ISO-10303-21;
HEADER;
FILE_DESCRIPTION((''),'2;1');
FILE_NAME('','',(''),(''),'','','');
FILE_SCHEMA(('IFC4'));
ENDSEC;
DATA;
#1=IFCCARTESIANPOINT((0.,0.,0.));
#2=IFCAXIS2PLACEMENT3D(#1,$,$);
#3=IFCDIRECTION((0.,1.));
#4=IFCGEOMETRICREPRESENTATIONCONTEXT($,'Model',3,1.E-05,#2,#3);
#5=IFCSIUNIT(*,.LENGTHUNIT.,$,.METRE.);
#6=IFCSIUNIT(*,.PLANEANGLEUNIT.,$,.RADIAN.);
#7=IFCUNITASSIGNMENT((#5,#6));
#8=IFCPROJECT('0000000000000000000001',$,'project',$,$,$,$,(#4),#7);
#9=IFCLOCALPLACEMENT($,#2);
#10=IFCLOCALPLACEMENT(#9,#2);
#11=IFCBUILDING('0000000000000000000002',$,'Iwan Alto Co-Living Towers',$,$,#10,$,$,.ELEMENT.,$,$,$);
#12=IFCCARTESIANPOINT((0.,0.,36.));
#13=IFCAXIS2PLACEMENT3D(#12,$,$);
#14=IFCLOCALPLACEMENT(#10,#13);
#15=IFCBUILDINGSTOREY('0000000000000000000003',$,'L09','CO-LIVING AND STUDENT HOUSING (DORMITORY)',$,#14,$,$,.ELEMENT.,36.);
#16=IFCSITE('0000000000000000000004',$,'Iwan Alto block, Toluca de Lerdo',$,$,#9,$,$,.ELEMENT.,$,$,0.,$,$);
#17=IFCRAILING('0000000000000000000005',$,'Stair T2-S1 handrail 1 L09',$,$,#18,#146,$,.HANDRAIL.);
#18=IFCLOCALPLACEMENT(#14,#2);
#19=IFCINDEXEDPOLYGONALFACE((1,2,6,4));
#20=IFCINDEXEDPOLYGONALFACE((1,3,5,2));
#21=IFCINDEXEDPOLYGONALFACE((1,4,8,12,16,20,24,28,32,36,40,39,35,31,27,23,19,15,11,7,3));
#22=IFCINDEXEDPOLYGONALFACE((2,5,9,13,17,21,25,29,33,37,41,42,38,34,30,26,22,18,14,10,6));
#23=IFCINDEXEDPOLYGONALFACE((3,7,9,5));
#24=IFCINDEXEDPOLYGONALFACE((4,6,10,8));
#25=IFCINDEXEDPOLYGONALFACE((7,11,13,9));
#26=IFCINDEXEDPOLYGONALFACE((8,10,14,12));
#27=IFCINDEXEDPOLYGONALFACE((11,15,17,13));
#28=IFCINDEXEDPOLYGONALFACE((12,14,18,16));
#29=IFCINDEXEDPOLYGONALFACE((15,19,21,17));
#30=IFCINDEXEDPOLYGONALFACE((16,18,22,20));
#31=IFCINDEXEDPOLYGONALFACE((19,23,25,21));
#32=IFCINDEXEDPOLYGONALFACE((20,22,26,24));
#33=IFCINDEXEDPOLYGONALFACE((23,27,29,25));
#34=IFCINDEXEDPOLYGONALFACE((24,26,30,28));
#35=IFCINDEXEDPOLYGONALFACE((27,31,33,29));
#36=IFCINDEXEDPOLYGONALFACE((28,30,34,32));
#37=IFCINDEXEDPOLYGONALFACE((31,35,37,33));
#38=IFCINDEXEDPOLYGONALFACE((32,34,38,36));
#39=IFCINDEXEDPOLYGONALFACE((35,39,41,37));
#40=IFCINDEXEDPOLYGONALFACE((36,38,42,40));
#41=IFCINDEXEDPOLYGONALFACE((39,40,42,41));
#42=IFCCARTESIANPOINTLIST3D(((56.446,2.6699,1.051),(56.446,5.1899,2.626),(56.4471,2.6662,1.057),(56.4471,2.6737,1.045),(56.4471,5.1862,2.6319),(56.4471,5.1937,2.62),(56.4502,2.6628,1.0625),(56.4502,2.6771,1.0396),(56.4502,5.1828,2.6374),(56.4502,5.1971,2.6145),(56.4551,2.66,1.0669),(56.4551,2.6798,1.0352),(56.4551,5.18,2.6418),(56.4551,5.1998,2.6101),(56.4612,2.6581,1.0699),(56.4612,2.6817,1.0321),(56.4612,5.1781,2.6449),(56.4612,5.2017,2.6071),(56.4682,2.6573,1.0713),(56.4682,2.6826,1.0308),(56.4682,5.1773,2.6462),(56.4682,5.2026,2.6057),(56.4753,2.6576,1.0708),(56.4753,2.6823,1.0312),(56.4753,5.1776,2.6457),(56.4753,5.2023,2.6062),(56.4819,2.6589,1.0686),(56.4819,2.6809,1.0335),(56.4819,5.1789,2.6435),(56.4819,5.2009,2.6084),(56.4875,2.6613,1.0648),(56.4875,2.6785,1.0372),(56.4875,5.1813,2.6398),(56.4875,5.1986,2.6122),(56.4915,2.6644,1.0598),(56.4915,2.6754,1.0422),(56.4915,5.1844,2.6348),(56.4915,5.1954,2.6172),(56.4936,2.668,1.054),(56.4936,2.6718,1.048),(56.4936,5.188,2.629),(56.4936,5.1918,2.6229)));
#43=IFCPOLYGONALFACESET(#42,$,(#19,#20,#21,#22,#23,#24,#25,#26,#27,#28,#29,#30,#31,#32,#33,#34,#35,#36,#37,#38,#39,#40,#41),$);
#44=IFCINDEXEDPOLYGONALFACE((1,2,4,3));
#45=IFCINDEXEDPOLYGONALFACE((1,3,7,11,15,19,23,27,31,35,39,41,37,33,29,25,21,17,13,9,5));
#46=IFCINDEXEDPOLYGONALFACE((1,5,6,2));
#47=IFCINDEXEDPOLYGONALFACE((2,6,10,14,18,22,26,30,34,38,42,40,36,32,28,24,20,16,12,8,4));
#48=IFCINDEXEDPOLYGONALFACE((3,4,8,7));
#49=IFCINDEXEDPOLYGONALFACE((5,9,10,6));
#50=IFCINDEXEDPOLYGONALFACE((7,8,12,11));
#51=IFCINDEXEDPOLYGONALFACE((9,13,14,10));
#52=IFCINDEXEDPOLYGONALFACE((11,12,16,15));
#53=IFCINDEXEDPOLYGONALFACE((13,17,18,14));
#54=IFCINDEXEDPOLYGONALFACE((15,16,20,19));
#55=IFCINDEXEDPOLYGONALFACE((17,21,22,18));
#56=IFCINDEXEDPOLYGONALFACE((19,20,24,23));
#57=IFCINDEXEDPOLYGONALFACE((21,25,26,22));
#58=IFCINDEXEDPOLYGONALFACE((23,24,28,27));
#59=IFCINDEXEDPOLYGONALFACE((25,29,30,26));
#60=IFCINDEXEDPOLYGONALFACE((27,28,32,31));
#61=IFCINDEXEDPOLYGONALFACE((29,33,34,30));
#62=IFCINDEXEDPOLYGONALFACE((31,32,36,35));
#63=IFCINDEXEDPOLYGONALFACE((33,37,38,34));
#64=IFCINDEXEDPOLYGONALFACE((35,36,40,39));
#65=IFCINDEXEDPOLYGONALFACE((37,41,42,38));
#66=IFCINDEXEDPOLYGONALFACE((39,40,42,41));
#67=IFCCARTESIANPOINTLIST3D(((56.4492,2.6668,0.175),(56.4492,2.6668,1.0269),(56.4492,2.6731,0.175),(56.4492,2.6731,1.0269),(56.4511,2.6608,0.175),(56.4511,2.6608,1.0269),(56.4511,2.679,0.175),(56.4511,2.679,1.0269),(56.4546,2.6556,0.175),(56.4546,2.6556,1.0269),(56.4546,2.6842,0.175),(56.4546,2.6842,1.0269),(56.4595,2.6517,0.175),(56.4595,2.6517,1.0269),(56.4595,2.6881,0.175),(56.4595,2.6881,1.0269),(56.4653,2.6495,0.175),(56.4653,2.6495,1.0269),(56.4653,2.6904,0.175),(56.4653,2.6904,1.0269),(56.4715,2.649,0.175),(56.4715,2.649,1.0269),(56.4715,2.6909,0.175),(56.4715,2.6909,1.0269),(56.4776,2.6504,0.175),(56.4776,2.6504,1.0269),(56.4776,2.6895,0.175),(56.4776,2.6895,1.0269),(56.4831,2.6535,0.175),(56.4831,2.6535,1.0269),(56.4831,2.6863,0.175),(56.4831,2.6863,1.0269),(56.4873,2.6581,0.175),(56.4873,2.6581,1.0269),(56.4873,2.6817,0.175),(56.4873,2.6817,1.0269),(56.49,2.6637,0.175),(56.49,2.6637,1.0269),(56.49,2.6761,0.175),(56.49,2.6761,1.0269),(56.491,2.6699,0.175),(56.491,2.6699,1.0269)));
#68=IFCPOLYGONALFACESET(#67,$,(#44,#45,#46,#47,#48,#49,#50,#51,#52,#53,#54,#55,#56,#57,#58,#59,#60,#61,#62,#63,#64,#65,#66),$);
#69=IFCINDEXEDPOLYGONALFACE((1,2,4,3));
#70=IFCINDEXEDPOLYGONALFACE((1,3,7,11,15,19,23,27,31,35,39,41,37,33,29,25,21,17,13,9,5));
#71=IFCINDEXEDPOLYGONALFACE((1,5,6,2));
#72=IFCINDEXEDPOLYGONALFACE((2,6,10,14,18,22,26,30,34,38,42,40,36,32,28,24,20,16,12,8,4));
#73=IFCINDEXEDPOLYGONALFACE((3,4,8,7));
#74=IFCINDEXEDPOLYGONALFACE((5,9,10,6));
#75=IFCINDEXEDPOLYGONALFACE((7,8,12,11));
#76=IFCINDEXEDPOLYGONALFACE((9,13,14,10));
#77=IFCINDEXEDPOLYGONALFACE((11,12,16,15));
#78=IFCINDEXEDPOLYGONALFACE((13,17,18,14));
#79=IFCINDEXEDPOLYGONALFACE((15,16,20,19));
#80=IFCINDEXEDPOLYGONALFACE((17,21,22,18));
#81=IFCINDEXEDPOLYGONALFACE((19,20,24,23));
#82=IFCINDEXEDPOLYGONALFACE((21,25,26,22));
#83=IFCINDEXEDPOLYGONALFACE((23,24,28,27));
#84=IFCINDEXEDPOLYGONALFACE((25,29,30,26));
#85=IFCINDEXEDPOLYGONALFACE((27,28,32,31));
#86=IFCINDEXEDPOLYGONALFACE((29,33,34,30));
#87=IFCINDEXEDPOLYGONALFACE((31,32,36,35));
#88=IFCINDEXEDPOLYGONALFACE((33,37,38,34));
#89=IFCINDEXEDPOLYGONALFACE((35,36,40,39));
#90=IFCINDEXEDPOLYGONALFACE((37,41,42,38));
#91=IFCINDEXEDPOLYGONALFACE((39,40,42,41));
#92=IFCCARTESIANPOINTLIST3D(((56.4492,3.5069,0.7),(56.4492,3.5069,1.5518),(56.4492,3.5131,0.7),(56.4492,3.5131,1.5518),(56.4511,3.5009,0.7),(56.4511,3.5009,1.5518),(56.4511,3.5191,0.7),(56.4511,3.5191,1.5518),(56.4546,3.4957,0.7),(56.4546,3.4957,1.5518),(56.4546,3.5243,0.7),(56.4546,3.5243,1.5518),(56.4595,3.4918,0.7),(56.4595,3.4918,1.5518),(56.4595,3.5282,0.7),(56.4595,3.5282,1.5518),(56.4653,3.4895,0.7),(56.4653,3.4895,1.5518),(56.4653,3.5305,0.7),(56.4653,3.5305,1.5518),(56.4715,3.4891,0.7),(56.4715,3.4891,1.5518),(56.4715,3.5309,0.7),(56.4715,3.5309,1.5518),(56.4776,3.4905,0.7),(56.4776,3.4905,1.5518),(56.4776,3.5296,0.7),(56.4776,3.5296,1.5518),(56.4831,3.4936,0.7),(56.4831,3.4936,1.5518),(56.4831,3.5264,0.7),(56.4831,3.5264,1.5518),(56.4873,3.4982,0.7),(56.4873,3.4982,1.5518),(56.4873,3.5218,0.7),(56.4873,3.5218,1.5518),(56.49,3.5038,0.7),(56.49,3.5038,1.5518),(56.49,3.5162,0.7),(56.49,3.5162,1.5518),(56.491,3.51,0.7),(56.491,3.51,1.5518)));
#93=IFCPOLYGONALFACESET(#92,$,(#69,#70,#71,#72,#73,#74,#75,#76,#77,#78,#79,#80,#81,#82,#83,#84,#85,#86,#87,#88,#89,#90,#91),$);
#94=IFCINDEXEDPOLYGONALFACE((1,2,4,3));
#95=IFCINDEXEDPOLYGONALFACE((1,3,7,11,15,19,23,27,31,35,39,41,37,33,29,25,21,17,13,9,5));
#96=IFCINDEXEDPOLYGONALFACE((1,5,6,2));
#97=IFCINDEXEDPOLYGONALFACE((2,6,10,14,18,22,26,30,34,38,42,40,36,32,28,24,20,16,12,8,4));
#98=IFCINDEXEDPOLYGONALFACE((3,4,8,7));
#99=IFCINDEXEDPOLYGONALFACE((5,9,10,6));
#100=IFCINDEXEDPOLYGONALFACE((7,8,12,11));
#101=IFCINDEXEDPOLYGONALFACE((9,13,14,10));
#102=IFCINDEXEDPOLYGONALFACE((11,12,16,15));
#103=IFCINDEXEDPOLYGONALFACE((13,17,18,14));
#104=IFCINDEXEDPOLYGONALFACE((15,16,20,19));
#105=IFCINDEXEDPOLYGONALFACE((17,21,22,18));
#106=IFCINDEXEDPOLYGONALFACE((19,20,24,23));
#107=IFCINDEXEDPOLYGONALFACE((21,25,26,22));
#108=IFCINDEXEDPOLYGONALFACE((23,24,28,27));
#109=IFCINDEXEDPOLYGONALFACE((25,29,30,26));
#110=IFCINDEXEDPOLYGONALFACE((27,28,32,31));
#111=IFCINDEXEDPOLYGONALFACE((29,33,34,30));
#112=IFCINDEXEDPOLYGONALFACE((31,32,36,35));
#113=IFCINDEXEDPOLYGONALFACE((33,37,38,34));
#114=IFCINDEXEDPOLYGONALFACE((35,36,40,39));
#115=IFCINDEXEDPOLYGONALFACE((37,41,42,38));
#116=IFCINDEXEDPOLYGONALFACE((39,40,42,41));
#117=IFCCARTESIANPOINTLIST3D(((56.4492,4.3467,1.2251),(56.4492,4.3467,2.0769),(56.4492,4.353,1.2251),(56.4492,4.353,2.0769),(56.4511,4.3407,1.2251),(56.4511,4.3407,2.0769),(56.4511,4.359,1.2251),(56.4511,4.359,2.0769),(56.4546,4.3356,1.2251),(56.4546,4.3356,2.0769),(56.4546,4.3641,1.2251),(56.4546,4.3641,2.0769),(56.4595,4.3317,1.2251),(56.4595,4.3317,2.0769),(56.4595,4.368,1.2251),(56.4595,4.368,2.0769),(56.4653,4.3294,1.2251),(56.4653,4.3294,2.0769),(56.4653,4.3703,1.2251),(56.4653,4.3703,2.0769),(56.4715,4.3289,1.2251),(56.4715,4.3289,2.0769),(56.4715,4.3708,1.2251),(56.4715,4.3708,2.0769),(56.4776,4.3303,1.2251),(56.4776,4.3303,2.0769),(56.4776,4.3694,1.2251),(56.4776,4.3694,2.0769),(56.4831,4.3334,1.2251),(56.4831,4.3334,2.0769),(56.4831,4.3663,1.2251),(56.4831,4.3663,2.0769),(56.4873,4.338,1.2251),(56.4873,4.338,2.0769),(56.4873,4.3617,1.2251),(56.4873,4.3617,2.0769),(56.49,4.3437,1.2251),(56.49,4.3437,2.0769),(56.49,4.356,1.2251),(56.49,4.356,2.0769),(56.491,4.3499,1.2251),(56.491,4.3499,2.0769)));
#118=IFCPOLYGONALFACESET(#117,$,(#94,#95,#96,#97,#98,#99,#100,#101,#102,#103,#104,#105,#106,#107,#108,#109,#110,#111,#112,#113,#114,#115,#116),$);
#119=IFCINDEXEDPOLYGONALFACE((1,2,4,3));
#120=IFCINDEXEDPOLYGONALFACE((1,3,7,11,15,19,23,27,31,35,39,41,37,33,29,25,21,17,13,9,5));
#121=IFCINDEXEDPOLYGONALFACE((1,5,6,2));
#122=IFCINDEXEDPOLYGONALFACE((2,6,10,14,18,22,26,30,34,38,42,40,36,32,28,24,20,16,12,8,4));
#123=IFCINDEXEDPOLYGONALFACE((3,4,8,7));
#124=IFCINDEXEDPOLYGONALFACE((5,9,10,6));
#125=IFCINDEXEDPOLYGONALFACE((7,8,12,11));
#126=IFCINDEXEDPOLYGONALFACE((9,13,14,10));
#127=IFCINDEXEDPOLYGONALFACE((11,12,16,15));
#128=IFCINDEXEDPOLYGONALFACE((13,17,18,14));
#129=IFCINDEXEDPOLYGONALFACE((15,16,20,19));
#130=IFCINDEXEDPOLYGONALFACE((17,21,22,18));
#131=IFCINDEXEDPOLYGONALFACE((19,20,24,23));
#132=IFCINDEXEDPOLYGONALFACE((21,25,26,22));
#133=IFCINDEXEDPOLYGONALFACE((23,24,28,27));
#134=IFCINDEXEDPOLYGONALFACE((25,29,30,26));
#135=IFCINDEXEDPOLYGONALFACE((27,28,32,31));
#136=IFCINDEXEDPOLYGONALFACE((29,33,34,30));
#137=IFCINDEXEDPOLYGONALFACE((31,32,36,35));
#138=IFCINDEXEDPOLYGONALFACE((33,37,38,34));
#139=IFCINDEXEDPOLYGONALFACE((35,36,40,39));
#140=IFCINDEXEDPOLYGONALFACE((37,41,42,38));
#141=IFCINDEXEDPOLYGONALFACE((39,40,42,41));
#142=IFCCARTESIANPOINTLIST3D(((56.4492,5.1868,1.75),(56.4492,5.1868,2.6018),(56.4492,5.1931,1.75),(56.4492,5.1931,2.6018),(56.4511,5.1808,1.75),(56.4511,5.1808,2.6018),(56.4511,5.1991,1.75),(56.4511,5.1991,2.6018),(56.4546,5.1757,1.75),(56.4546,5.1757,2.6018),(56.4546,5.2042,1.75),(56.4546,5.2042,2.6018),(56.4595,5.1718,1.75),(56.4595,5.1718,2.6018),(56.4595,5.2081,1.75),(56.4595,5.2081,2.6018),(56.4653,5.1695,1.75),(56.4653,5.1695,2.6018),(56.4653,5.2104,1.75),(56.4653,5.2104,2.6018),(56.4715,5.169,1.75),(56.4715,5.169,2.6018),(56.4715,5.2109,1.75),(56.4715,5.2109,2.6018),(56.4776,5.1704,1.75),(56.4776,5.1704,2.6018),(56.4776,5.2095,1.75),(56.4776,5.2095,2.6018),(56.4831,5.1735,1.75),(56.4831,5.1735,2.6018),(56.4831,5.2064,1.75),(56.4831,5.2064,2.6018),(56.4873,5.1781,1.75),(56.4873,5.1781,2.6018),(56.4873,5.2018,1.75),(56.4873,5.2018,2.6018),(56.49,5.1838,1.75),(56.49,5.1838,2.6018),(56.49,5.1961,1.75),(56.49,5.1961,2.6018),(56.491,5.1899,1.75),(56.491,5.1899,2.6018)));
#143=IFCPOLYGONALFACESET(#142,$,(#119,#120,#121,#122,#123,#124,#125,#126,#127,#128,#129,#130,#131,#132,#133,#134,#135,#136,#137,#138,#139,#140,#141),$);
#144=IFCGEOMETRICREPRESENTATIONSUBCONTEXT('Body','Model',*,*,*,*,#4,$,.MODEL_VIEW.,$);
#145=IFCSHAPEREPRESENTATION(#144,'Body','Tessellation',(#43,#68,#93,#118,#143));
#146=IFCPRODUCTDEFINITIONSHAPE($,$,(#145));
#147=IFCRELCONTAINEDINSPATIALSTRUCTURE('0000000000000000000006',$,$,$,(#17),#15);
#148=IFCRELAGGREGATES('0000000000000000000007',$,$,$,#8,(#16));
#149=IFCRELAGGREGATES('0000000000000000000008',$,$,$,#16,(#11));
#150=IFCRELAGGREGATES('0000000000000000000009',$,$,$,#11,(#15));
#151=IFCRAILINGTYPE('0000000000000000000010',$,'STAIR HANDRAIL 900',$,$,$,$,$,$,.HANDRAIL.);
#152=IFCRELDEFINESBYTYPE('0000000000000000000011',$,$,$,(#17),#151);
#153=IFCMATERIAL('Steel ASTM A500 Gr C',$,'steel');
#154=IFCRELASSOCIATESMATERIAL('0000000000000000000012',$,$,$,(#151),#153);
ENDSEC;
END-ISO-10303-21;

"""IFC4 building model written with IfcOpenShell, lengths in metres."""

from ifc_helpers import new_model, si_unit, direction, frame, origin, origin_2d, place, context, subcontext, project, spatial, circle, extrude, material, type_object, element, save


model = new_model("IFC4")

# Units and contexts
model_context = context("Model", 3, precision=1e-05, world=origin(), true_north=direction((0.0, 1.0)))
body_context = subcontext(model_context, "Body", "Model", "MODEL_VIEW")
ifc_project = project(units=[si_unit("LENGTHUNIT", "METRE"), si_unit("PLANEANGLEUNIT", "RADIAN")], contexts=[model_context])

# Site, building, storey
site_placement = place(None, origin())
site = spatial("IfcSite", under=ifc_project, at=site_placement, Name="Iwan Alto block, Toluca de Lerdo", CompositionType="ELEMENT", RefElevation=0.0)
building_placement = place(site_placement, origin())
building = spatial("IfcBuilding", under=site, at=building_placement, Name="Iwan Alto Co-Living Towers", CompositionType="ELEMENT")
storey_placement = place(building_placement, frame((0.0, 0.0, 36.0)))
storey = spatial("IfcBuildingStorey", under=building, at=storey_placement, Name="L09", Description="CO-LIVING AND STUDENT HOUSING (DORMITORY)", CompositionType="ELEMENT", Elevation=36.0)

# Railing
ifc_material_1 = material(Name="Steel ASTM A500 Gr C", Category="steel")
railing_type_1 = type_object("IfcRailingType", Name="STAIR HANDRAIL 900", PredefinedType="HANDRAIL", material=ifc_material_1)
railing_1_placement = place(storey_placement, frame((56.47, 2.6699, 0.175)))
element("IfcRailing", 1, at=railing_1_placement, inside=storey, type_object=railing_type_1, Name="Stair T2-S1 handrail 1 L09", PredefinedType="HANDRAIL", context=body_context, shape_type="SweptSolid", body=[
    extrude(circle(Radius=0.0239, at=origin_2d()), frame((0.0, 0.0, 0.876), z_axis=(0.0, 0.848008, 0.529984), x_axis=(-1.0, 0.0, 0.0)), (0.0, 0.0, 1.0), 2.9717),
    extrude(circle(Radius=0.021, at=origin_2d()), origin(), (0.0, 0.0, 1.0), 0.8518),
    extrude(circle(Radius=0.021, at=origin_2d()), frame((0.0, 0.8401, 0.5249)), (0.0, 0.0, 1.0), 0.8518),
    extrude(circle(Radius=0.021, at=origin_2d()), frame((0.0, 1.6799, 1.05)), (0.0, 0.0, 1.0), 0.8518),
    extrude(circle(Radius=0.021, at=origin_2d()), frame((0.0, 2.52, 1.575)), (0.0, 0.0, 1.0), 0.8518),
])

save(model, "model.ifc")
